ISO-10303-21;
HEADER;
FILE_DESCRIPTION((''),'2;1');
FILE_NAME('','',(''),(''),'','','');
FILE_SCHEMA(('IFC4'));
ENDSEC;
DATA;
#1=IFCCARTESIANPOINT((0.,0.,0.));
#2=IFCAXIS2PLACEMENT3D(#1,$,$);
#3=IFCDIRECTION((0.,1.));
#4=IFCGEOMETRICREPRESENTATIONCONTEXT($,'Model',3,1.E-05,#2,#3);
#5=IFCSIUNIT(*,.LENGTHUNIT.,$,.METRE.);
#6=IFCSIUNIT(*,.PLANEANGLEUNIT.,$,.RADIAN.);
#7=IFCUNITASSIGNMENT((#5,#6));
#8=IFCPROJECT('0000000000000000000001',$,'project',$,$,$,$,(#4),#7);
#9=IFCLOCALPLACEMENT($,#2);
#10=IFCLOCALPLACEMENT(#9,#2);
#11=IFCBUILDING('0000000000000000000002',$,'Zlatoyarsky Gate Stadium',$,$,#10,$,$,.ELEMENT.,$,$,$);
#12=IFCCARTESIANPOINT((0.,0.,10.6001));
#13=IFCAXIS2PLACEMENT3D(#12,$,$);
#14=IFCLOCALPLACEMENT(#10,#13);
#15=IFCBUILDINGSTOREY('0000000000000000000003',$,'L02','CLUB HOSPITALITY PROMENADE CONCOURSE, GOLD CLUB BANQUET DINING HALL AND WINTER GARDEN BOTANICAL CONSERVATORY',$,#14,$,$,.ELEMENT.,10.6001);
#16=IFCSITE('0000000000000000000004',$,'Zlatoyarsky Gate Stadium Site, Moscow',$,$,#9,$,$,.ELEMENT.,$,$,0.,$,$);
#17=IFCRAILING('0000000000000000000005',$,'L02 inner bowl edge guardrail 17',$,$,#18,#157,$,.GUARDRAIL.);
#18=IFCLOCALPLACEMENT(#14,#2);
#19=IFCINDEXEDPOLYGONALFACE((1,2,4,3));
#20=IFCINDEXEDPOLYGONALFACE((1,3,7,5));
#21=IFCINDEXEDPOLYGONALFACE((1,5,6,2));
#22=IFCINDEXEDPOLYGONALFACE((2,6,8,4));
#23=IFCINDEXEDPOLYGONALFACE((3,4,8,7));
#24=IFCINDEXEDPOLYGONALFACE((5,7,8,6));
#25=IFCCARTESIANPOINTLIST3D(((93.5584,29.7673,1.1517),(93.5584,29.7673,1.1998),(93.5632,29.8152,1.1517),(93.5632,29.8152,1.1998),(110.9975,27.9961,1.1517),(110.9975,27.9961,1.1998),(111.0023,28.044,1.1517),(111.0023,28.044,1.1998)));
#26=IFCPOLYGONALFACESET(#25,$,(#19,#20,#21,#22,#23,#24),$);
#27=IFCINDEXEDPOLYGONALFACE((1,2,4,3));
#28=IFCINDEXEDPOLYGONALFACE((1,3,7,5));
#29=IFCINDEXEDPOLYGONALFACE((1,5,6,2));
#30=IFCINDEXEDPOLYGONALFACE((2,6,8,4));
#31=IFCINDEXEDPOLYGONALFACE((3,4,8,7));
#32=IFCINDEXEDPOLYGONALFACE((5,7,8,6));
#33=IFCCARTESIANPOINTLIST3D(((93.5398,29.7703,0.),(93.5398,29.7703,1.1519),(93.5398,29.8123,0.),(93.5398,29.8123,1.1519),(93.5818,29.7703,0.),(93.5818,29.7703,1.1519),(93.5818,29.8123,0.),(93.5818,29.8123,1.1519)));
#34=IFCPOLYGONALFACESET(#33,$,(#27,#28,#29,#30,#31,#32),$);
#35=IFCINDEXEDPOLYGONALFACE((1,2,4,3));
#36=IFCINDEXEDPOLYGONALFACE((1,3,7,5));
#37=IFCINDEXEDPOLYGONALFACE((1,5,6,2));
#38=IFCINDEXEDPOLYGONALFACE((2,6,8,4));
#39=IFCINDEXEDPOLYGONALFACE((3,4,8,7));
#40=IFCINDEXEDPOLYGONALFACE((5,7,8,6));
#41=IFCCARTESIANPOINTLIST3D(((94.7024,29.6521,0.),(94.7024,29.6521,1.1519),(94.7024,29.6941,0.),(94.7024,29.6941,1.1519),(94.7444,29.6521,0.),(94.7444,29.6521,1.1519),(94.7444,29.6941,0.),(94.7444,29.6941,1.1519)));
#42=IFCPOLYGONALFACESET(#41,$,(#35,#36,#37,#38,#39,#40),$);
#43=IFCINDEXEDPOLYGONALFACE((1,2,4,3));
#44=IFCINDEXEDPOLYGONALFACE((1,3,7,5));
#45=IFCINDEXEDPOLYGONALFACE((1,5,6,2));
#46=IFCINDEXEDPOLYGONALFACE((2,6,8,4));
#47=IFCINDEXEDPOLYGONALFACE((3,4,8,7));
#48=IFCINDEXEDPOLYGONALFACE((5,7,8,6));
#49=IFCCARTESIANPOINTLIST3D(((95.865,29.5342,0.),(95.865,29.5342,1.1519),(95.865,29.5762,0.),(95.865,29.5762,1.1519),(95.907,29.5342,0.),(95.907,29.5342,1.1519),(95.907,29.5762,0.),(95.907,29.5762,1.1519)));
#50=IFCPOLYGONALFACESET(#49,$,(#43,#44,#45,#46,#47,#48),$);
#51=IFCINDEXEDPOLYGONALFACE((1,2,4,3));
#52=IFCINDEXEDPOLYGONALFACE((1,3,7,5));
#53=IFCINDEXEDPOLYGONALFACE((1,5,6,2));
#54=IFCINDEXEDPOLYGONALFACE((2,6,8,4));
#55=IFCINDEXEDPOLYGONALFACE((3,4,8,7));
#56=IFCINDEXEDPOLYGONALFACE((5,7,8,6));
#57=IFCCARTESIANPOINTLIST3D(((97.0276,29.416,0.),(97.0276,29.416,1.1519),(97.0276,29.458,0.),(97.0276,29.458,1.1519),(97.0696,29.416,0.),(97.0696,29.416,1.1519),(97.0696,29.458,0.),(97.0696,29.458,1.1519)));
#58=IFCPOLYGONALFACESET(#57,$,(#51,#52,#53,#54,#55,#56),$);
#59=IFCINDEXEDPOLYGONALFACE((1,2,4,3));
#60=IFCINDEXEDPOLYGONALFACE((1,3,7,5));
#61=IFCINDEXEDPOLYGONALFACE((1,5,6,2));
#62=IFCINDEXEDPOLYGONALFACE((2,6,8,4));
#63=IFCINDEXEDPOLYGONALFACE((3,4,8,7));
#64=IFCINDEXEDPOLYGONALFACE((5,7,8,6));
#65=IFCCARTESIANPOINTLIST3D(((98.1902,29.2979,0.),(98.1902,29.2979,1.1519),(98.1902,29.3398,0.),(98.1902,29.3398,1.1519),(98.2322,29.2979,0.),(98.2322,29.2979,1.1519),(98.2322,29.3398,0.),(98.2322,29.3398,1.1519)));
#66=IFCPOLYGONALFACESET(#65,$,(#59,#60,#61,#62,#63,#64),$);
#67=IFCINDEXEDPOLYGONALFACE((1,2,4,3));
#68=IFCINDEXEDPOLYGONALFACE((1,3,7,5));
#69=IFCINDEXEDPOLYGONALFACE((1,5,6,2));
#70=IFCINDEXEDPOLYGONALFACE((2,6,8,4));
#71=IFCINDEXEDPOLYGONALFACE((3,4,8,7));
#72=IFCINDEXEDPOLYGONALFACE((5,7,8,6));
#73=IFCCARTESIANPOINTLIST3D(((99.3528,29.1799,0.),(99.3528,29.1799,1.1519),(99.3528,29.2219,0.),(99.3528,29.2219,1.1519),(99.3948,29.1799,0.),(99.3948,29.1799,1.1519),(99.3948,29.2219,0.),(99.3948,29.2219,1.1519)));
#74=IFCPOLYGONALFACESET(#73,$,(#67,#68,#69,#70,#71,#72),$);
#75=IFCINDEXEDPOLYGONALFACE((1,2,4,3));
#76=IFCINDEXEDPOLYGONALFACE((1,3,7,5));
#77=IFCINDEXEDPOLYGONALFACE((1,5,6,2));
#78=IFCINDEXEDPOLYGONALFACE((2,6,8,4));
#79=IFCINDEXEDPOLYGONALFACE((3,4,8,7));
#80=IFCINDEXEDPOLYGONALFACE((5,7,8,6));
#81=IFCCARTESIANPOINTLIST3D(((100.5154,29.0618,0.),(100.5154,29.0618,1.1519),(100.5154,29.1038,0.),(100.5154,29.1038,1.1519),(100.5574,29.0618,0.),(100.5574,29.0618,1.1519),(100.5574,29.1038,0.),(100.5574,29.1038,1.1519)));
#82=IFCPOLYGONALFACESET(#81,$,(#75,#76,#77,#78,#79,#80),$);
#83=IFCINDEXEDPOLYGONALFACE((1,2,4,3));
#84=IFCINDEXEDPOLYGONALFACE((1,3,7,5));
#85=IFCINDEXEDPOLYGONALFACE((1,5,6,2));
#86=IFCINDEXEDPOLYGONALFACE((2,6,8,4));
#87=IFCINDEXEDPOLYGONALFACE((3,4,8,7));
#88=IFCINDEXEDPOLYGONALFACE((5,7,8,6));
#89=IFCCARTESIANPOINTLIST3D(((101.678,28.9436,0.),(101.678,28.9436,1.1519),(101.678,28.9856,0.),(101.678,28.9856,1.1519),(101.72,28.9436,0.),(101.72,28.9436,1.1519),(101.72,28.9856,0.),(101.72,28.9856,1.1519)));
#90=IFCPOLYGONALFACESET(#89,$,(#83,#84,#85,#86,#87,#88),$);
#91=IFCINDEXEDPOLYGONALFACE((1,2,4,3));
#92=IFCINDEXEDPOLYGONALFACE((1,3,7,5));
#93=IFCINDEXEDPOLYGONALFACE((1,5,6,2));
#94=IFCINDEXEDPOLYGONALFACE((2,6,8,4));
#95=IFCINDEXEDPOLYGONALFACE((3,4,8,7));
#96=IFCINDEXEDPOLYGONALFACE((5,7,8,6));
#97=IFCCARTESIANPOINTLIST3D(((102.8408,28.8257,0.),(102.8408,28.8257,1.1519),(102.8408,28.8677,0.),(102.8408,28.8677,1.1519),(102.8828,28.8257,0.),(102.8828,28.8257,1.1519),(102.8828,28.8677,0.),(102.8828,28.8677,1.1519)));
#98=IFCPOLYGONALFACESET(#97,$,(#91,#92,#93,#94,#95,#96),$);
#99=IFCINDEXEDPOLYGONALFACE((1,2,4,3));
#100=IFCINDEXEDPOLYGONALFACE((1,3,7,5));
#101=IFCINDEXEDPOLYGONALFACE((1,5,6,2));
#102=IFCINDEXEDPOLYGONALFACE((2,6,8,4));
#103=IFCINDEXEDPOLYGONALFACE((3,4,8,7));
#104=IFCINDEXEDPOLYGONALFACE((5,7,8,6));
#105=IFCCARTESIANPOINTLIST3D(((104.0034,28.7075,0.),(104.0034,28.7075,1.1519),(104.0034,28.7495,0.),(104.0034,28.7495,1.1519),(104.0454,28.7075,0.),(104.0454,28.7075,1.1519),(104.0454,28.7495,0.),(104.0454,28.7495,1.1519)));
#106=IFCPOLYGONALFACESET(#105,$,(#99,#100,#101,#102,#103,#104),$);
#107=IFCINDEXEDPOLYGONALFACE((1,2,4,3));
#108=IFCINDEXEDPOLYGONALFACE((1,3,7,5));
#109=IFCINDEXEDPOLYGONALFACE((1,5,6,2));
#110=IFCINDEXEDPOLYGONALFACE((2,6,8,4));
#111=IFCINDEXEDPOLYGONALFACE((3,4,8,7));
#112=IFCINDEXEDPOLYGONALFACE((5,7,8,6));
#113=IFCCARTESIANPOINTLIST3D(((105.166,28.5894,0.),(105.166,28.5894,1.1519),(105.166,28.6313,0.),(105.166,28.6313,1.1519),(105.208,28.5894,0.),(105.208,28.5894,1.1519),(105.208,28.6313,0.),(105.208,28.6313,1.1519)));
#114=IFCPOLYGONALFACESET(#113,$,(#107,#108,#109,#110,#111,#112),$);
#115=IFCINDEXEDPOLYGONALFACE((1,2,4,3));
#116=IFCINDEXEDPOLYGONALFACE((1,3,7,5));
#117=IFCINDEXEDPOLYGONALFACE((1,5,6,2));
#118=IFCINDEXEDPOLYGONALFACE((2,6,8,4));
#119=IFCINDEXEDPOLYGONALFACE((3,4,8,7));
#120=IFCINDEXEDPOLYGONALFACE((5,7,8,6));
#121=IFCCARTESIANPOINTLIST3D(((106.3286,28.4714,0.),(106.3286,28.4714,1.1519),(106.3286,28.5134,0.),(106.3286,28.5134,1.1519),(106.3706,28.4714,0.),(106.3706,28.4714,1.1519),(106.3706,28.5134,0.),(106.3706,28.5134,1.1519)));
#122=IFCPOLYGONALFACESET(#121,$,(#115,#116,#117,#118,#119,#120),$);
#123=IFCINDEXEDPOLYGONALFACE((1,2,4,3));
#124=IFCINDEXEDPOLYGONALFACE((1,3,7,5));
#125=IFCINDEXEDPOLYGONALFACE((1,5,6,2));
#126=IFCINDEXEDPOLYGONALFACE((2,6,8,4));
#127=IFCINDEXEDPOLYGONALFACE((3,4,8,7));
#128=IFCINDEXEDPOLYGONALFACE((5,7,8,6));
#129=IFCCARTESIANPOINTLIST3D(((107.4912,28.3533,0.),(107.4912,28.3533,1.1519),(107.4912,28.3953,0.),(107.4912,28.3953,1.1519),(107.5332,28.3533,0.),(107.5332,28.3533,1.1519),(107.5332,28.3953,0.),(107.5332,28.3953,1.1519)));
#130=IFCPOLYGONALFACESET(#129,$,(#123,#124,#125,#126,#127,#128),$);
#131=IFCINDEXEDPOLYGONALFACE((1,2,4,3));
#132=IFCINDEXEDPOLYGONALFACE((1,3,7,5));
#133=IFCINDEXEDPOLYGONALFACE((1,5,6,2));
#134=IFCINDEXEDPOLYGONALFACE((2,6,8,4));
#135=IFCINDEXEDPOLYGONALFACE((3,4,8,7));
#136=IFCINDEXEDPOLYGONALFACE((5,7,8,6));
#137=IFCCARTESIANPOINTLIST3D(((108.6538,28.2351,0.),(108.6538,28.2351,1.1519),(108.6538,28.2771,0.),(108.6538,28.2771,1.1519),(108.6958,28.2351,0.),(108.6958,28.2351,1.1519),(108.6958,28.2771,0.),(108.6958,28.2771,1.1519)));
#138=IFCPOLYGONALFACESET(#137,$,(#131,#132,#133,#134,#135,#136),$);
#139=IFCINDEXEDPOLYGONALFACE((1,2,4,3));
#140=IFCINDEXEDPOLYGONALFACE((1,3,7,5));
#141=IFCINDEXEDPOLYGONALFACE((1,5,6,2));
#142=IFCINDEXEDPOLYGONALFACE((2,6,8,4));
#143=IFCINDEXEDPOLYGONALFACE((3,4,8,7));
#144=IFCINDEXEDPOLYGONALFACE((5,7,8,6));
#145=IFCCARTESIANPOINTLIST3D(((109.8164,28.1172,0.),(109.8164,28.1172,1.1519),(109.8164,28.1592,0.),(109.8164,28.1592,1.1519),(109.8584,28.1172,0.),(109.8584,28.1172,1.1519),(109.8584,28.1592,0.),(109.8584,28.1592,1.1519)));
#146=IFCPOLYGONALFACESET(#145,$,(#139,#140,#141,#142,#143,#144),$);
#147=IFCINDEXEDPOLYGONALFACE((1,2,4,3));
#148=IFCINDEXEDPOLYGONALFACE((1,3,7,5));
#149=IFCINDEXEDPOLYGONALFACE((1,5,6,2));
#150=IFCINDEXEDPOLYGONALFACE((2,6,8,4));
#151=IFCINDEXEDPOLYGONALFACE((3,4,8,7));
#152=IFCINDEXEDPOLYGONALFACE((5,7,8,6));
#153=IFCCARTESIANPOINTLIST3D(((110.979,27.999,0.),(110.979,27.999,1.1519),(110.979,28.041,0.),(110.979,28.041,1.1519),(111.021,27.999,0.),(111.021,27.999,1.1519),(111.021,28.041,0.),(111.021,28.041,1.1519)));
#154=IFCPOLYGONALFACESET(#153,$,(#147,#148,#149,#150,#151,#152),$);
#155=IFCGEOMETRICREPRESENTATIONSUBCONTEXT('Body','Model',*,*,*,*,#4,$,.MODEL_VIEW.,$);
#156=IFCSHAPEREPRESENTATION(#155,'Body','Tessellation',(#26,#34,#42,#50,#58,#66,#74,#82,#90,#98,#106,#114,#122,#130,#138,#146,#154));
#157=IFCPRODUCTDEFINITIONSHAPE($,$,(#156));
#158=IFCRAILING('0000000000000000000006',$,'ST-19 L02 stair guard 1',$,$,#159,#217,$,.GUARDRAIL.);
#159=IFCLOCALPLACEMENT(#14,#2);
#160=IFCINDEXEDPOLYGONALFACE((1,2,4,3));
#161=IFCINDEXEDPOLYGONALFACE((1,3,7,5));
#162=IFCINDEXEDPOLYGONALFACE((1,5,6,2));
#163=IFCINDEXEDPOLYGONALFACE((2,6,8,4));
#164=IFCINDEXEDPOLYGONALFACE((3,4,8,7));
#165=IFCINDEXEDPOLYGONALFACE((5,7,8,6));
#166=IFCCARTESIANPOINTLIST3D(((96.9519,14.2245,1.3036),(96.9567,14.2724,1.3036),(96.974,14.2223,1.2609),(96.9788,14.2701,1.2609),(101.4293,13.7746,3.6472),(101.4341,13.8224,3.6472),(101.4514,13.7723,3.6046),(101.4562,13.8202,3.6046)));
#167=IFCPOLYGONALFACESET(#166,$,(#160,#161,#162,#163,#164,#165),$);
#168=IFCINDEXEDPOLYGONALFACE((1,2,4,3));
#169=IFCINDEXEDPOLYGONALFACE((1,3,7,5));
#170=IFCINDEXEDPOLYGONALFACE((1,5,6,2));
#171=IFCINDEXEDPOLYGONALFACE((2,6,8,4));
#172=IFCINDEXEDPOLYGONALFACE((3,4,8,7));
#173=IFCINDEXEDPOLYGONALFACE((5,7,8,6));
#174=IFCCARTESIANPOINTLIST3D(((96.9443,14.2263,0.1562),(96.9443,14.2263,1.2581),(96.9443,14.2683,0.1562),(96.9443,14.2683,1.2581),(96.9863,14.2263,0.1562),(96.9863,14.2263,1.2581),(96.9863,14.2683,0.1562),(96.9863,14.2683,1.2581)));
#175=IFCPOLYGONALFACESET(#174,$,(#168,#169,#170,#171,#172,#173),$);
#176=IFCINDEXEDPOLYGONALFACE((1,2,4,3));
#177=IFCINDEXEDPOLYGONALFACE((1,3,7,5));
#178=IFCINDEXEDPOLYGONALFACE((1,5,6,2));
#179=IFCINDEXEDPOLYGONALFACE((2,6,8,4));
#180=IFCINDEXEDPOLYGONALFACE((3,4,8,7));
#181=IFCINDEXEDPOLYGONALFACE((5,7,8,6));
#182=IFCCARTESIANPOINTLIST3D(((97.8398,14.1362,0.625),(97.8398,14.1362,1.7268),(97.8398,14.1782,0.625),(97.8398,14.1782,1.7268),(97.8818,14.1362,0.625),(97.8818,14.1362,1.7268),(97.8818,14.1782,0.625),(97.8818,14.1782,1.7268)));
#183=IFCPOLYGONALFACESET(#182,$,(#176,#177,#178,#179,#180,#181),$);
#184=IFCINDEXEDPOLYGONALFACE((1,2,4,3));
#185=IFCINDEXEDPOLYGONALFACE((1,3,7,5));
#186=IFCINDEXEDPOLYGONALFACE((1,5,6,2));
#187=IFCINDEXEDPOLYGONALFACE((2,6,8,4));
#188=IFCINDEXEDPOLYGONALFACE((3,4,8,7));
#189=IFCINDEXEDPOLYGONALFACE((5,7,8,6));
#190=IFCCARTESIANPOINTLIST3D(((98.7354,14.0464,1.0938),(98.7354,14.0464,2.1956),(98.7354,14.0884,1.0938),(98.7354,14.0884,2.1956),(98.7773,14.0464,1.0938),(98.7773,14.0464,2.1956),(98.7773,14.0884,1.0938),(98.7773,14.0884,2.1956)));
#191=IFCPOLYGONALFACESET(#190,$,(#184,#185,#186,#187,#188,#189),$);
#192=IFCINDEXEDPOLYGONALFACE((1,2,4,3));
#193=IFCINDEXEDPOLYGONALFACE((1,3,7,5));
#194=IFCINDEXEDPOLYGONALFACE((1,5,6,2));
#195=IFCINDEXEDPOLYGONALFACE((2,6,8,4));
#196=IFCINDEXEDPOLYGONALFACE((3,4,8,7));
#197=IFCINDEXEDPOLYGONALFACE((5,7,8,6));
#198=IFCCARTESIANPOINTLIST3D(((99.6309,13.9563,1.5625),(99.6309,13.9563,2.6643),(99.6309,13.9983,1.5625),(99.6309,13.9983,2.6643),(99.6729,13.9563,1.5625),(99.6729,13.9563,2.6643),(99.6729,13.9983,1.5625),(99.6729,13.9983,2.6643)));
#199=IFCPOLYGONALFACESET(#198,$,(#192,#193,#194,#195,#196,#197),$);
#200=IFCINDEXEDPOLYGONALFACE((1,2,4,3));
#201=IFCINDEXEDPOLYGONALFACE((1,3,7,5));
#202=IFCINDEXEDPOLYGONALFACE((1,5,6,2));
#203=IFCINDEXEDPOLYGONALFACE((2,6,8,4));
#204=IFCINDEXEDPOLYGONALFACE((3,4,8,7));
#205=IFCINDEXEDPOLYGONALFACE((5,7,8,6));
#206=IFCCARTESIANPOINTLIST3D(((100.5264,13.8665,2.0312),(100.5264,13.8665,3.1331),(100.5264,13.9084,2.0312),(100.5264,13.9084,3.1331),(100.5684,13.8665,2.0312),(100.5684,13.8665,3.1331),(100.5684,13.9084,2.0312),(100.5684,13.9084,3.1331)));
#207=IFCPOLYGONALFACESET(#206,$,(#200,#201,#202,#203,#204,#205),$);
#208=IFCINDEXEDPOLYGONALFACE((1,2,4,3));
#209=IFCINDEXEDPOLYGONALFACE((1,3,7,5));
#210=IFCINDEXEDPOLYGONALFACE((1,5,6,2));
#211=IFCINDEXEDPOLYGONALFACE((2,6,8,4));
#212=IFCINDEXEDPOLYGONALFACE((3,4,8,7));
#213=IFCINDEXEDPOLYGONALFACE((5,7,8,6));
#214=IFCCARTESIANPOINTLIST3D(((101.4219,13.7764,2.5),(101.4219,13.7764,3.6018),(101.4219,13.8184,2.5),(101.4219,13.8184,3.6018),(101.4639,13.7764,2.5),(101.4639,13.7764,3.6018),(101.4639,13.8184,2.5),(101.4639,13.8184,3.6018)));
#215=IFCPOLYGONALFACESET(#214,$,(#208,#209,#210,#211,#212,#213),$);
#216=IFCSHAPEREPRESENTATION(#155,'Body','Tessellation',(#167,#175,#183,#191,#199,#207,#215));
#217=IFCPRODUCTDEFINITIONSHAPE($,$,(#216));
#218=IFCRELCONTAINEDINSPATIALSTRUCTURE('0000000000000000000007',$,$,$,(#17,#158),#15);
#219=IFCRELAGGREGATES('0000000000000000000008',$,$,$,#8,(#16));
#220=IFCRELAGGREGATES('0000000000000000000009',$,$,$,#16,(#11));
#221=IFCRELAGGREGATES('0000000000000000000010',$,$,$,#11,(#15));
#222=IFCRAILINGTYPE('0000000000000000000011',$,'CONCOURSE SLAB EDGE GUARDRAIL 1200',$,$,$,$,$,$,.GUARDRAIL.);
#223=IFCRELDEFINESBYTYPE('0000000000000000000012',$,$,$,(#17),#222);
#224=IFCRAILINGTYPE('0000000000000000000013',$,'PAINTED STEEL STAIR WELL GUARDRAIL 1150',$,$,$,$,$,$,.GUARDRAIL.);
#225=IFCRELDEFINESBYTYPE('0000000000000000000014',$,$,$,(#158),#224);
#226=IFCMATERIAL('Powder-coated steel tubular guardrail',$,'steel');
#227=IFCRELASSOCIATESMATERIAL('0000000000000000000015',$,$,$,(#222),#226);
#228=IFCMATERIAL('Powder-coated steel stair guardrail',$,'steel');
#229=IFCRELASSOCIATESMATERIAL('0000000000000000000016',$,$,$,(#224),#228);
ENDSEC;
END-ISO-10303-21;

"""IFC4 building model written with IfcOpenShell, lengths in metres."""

from ifc_helpers import new_model, si_unit, direction, frame, origin, origin_2d, place, context, subcontext, project, spatial, rectangle, extrude, material, type_object, element, save


model = new_model("IFC4")

# Units and contexts
model_context = context("Model", 3, precision=1e-05, world=origin(), true_north=direction((0.0, 1.0)))
body_context = subcontext(model_context, "Body", "Model", "MODEL_VIEW")
ifc_project = project(units=[si_unit("LENGTHUNIT", "METRE"), si_unit("PLANEANGLEUNIT", "RADIAN")], contexts=[model_context])

# Site, building, storey
site_placement = place(None, origin())
site = spatial("IfcSite", under=ifc_project, at=site_placement, Name="Zlatoyarsky Gate Stadium Site, Moscow", CompositionType="ELEMENT", RefElevation=0.0)
building_placement = place(site_placement, origin())
building = spatial("IfcBuilding", under=site, at=building_placement, Name="Zlatoyarsky Gate Stadium", CompositionType="ELEMENT")
storey_placement = place(building_placement, frame((0.0, 0.0, 10.6001)))
storey = spatial("IfcBuildingStorey", under=building, at=storey_placement, Name="L02", Description="CLUB HOSPITALITY PROMENADE CONCOURSE, GOLD CLUB BANQUET DINING HALL AND WINTER GARDEN BOTANICAL CONSERVATORY", CompositionType="ELEMENT", Elevation=10.6001)

# Railings
ifc_material_1 = material(Name="Powder-coated steel tubular guardrail", Category="steel")
railing_type_1 = type_object("IfcRailingType", Name="CONCOURSE SLAB EDGE GUARDRAIL 1200", PredefinedType="GUARDRAIL", material=ifc_material_1)
railing_1_placement = place(storey_placement, frame((93.5608, 29.7913, 0.0)))
element("IfcRailing", 1, at=railing_1_placement, inside=storey, type_object=railing_type_1, Name="L02 inner bowl edge guardrail 17", PredefinedType="GUARDRAIL", context=body_context, shape_type="SweptSolid", body=[
    extrude(rectangle(XDim=0.0481, YDim=0.0481, at=origin_2d()), frame((0.0, 0.0, 1.1758), z_axis=(0.994882, -0.101047, 0.0), x_axis=(0.101047, 0.994882, 0.0)), (0.0, 0.0, 1.0), 17.5288),
    extrude(rectangle(XDim=0.042, YDim=0.042, at=origin_2d()), origin(), (0.0, 0.0, 1.0), 1.1519),
    extrude(rectangle(XDim=0.042, YDim=0.042, at=origin_2d()), frame((1.1626, -0.1182, 0.0)), (0.0, 0.0, 1.0), 1.1519),
    extrude(rectangle(XDim=0.042, YDim=0.042, at=origin_2d()), frame((2.3252, -0.2361, 0.0)), (0.0, 0.0, 1.0), 1.1519),
    extrude(rectangle(XDim=0.042, YDim=0.042, at=origin_2d()), frame((3.4878, -0.3542, 0.0)), (0.0, 0.0, 1.0), 1.1519),
    extrude(rectangle(XDim=0.042, YDim=0.042, at=origin_2d()), frame((4.6504, -0.4724, 0.0)), (0.0, 0.0, 1.0), 1.1519),
    extrude(rectangle(XDim=0.042, YDim=0.042, at=origin_2d()), frame((5.813, -0.5903, 0.0)), (0.0, 0.0, 1.0), 1.1519),
    extrude(rectangle(XDim=0.042, YDim=0.042, at=origin_2d()), frame((6.9756, -0.7085, 0.0)), (0.0, 0.0, 1.0), 1.1519),
    extrude(rectangle(XDim=0.042, YDim=0.042, at=origin_2d()), frame((8.1382, -0.8267, 0.0)), (0.0, 0.0, 1.0), 1.1519),
    extrude(rectangle(XDim=0.042, YDim=0.042, at=origin_2d()), frame((9.301, -0.9446, 0.0)), (0.0, 0.0, 1.0), 1.1519),
    extrude(rectangle(XDim=0.042, YDim=0.042, at=origin_2d()), frame((10.4636, -1.0627, 0.0)), (0.0, 0.0, 1.0), 1.1519),
    extrude(rectangle(XDim=0.042, YDim=0.042, at=origin_2d()), frame((11.6262, -1.1809, 0.0)), (0.0, 0.0, 1.0), 1.1519),
    extrude(rectangle(XDim=0.042, YDim=0.042, at=origin_2d()), frame((12.7888, -1.2988, 0.0)), (0.0, 0.0, 1.0), 1.1519),
    extrude(rectangle(XDim=0.042, YDim=0.042, at=origin_2d()), frame((13.9514, -1.417, 0.0)), (0.0, 0.0, 1.0), 1.1519),
    extrude(rectangle(XDim=0.042, YDim=0.042, at=origin_2d()), frame((15.114, -1.5352, 0.0)), (0.0, 0.0, 1.0), 1.1519),
    extrude(rectangle(XDim=0.042, YDim=0.042, at=origin_2d()), frame((16.2766, -1.6531, 0.0)), (0.0, 0.0, 1.0), 1.1519),
    extrude(rectangle(XDim=0.042, YDim=0.042, at=origin_2d()), frame((17.4392, -1.7712, 0.0)), (0.0, 0.0, 1.0), 1.1519),
])
ifc_material_2 = material(Name="Powder-coated steel stair guardrail", Category="steel")
railing_type_2 = type_object("IfcRailingType", Name="PAINTED STEEL STAIR WELL GUARDRAIL 1150", PredefinedType="GUARDRAIL", material=ifc_material_2)
railing_2_placement = place(storey_placement, frame((96.9653, 14.2473, 0.1562)))
element("IfcRailing", 2, at=railing_2_placement, inside=storey, type_object=railing_type_2, Name="ST-19 L02 stair guard 1", PredefinedType="GUARDRAIL", context=body_context, shape_type="SweptSolid", body=[
    extrude(rectangle(XDim=0.0481, YDim=0.0481, at=origin_2d()), frame((0.0, 0.0, 1.126), z_axis=(0.882473, -0.08868, 0.461927), x_axis=(0.099987, 0.994989, 0.0)), (0.0, 0.0, 1.0), 5.0737),
    extrude(rectangle(XDim=0.042, YDim=0.042, at=origin_2d()), origin(), (0.0, 0.0, 1.0), 1.1018),
    extrude(rectangle(XDim=0.042, YDim=0.042, at=origin_2d()), frame((0.8955, -0.0901, 0.4688)), (0.0, 0.0, 1.0), 1.1018),
    extrude(rectangle(XDim=0.042, YDim=0.042, at=origin_2d()), frame((1.791, -0.1799, 0.9375)), (0.0, 0.0, 1.0), 1.1018),
    extrude(rectangle(XDim=0.042, YDim=0.042, at=origin_2d()), frame((2.6865, -0.27, 1.4062)), (0.0, 0.0, 1.0), 1.1018),
    extrude(rectangle(XDim=0.042, YDim=0.042, at=origin_2d()), frame((3.582, -0.3599, 1.875)), (0.0, 0.0, 1.0), 1.1018),
    extrude(rectangle(XDim=0.042, YDim=0.042, at=origin_2d()), frame((4.4775, -0.45, 2.3438)), (0.0, 0.0, 1.0), 1.1018),
])

save(model, "model.ifc")
